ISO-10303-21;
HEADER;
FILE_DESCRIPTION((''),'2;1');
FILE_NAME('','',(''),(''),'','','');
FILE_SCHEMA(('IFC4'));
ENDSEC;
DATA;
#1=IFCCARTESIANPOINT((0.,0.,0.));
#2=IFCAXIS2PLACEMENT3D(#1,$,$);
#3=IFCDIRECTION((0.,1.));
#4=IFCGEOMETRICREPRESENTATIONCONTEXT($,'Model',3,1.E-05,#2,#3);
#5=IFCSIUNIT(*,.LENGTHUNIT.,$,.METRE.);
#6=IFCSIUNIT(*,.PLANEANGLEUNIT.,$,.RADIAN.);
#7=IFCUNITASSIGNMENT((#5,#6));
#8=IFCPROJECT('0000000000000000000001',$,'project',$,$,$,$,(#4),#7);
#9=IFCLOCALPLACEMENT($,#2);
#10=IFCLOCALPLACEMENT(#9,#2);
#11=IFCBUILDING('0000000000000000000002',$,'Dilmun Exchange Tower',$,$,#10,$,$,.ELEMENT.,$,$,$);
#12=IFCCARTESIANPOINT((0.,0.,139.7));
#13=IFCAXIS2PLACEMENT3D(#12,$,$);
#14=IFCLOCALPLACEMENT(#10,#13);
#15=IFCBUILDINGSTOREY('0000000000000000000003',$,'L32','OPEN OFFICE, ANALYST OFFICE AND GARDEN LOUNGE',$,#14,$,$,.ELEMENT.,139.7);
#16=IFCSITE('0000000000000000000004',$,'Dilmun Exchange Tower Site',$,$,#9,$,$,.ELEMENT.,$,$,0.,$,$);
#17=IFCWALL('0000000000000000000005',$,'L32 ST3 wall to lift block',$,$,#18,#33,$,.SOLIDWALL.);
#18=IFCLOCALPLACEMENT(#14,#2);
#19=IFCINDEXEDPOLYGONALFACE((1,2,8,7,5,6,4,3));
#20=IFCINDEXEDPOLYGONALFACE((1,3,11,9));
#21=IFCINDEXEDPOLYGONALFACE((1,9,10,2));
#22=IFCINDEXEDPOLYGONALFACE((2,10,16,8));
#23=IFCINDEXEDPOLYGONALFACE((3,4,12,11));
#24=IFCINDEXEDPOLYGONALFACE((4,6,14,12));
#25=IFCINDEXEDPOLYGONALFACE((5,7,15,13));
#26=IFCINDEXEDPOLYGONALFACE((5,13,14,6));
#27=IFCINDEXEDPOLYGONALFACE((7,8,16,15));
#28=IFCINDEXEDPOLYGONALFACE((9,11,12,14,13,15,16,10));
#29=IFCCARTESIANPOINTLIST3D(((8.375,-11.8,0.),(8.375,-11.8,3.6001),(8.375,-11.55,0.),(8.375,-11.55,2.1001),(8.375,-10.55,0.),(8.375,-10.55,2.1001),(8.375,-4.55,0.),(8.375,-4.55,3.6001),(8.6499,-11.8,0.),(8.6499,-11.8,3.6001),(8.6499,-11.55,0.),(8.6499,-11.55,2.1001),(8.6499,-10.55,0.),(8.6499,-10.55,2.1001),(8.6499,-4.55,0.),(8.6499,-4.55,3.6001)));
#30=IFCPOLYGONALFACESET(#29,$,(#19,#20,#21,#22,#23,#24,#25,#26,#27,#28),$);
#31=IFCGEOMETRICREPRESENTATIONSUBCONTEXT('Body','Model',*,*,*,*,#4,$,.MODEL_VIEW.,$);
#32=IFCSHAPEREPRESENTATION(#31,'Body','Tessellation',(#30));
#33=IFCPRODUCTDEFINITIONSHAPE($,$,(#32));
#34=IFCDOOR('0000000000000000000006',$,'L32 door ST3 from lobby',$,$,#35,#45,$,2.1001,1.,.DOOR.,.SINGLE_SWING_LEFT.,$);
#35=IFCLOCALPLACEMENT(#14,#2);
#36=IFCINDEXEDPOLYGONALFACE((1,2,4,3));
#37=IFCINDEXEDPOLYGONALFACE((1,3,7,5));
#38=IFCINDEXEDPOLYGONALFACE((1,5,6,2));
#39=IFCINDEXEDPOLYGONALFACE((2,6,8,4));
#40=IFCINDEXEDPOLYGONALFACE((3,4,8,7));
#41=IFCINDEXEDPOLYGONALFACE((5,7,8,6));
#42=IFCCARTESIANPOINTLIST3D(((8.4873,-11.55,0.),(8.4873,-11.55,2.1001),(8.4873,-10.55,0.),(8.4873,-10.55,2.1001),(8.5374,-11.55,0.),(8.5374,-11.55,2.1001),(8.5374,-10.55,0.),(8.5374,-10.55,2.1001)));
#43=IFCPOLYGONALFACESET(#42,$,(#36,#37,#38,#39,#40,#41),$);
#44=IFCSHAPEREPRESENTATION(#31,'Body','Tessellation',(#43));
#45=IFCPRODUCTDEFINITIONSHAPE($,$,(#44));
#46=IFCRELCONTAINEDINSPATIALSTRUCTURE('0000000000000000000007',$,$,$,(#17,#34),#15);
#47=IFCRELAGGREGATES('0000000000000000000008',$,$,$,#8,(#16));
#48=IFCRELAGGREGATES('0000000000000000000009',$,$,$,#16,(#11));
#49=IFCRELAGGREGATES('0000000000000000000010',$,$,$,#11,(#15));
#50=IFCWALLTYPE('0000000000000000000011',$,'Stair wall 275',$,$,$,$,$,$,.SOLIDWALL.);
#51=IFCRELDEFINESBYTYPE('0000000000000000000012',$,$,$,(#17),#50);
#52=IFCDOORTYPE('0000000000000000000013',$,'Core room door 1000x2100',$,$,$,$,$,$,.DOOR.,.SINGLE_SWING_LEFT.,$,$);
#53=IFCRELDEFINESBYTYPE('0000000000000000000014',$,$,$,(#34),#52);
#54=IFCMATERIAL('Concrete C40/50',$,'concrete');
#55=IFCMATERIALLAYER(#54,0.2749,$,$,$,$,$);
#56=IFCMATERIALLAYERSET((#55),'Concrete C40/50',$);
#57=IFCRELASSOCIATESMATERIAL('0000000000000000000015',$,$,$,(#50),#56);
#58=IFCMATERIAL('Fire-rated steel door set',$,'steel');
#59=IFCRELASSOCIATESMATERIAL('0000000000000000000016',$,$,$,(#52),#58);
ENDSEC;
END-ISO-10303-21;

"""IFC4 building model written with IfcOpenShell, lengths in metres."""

from ifc_helpers import new_model, si_unit, direction, frame, frame_2d, origin, place, context, subcontext, project, spatial, rectangle, extrude, material, layer, layer_set, type_object, element, fill, save


model = new_model("IFC4")

# Units and contexts
model_context = context("Model", 3, precision=1e-05, world=origin(), true_north=direction((0.0, 1.0)))
body_context = subcontext(model_context, "Body", "Model", "MODEL_VIEW")
ifc_project = project(units=[si_unit("LENGTHUNIT", "METRE"), si_unit("PLANEANGLEUNIT", "RADIAN")], contexts=[model_context])

# Site, building, storey
site_placement = place(None, origin())
site = spatial("IfcSite", under=ifc_project, at=site_placement, Name="Dilmun Exchange Tower Site", CompositionType="ELEMENT", RefElevation=0.0)
building_placement = place(site_placement, origin())
building = spatial("IfcBuilding", under=site, at=building_placement, Name="Dilmun Exchange Tower", CompositionType="ELEMENT")
storey_placement = place(building_placement, frame((0.0, 0.0, 139.7)))
storey = spatial("IfcBuildingStorey", under=building, at=storey_placement, Name="L32", Description="OPEN OFFICE, ANALYST OFFICE AND GARDEN LOUNGE", CompositionType="ELEMENT", Elevation=139.7)

# Shared definitions
ifc_material_1 = material(Name="Concrete C40/50", Category="concrete")

# Wall, opening, door
ifc_layer_1 = layer(ifc_material_1, 0.2749)
ifc_layer_set_1 = layer_set([ifc_layer_1], Name="Concrete C40/50")
wall_type_1 = type_object("IfcWallType", Name="Stair wall 275", PredefinedType="SOLIDWALL", material=ifc_layer_set_1)
wall_1_placement = place(storey_placement, frame((8.5125, -4.55, 0.0), z_axis=(0.0, 0.0, 1.0), x_axis=(0.0, -1.0, 0.0)))
wall_1 = element("IfcWall", 1, at=wall_1_placement, inside=storey, type_object=wall_type_1, Name="L32 ST3 wall to lift block", PredefinedType="SOLIDWALL", context=body_context, shape_type="SweptSolid", body=[
    extrude(rectangle(XDim=7.25, YDim=0.2749, at=frame_2d((3.625, 0.0))), origin(), (0.0, 0.0, 1.0), 3.6001),
])
opening_placement = place(wall_1_placement, frame((6.0, 0.0, 0.0)))
opening = element("IfcOpeningElement", 2, at=opening_placement, cuts=wall_1, PredefinedType="OPENING", context=body_context, shape_type="SweptSolid", body=[
    extrude(rectangle(XDim=1.0, YDim=2.1001, at=frame_2d((0.5, 1.05))), frame((0.0, 0.1475, 0.0), z_axis=(0.0, -1.0, 0.0), x_axis=(1.0, 0.0, 0.0)), (0.0, 0.0, 1.0), 0.2949),
])
ifc_material_2 = material(Name="Fire-rated steel door set", Category="steel")
door_type = type_object("IfcDoorType", Name="Core room door 1000x2100", OperationType="SINGLE_SWING_LEFT", PredefinedType="DOOR", material=ifc_material_2)
door_placement = place(opening_placement, origin())
door = element("IfcDoor", 3, at=door_placement, inside=storey, type_object=door_type, Name="L32 door ST3 from lobby", OperationType="SINGLE_SWING_LEFT", OverallHeight=2.1001, OverallWidth=1.0, PredefinedType="DOOR", context=body_context, shape_type="SweptSolid", body=[
    extrude(rectangle(XDim=1.0, YDim=2.1001, at=frame_2d((0.5, 1.05))), frame((0.0, 0.0249, 0.0), z_axis=(0.0, -1.0, 0.0), x_axis=(1.0, 0.0, 0.0)), (0.0, 0.0, 1.0), 0.05),
])
fill(opening, door)

save(model, "model.ifc")
